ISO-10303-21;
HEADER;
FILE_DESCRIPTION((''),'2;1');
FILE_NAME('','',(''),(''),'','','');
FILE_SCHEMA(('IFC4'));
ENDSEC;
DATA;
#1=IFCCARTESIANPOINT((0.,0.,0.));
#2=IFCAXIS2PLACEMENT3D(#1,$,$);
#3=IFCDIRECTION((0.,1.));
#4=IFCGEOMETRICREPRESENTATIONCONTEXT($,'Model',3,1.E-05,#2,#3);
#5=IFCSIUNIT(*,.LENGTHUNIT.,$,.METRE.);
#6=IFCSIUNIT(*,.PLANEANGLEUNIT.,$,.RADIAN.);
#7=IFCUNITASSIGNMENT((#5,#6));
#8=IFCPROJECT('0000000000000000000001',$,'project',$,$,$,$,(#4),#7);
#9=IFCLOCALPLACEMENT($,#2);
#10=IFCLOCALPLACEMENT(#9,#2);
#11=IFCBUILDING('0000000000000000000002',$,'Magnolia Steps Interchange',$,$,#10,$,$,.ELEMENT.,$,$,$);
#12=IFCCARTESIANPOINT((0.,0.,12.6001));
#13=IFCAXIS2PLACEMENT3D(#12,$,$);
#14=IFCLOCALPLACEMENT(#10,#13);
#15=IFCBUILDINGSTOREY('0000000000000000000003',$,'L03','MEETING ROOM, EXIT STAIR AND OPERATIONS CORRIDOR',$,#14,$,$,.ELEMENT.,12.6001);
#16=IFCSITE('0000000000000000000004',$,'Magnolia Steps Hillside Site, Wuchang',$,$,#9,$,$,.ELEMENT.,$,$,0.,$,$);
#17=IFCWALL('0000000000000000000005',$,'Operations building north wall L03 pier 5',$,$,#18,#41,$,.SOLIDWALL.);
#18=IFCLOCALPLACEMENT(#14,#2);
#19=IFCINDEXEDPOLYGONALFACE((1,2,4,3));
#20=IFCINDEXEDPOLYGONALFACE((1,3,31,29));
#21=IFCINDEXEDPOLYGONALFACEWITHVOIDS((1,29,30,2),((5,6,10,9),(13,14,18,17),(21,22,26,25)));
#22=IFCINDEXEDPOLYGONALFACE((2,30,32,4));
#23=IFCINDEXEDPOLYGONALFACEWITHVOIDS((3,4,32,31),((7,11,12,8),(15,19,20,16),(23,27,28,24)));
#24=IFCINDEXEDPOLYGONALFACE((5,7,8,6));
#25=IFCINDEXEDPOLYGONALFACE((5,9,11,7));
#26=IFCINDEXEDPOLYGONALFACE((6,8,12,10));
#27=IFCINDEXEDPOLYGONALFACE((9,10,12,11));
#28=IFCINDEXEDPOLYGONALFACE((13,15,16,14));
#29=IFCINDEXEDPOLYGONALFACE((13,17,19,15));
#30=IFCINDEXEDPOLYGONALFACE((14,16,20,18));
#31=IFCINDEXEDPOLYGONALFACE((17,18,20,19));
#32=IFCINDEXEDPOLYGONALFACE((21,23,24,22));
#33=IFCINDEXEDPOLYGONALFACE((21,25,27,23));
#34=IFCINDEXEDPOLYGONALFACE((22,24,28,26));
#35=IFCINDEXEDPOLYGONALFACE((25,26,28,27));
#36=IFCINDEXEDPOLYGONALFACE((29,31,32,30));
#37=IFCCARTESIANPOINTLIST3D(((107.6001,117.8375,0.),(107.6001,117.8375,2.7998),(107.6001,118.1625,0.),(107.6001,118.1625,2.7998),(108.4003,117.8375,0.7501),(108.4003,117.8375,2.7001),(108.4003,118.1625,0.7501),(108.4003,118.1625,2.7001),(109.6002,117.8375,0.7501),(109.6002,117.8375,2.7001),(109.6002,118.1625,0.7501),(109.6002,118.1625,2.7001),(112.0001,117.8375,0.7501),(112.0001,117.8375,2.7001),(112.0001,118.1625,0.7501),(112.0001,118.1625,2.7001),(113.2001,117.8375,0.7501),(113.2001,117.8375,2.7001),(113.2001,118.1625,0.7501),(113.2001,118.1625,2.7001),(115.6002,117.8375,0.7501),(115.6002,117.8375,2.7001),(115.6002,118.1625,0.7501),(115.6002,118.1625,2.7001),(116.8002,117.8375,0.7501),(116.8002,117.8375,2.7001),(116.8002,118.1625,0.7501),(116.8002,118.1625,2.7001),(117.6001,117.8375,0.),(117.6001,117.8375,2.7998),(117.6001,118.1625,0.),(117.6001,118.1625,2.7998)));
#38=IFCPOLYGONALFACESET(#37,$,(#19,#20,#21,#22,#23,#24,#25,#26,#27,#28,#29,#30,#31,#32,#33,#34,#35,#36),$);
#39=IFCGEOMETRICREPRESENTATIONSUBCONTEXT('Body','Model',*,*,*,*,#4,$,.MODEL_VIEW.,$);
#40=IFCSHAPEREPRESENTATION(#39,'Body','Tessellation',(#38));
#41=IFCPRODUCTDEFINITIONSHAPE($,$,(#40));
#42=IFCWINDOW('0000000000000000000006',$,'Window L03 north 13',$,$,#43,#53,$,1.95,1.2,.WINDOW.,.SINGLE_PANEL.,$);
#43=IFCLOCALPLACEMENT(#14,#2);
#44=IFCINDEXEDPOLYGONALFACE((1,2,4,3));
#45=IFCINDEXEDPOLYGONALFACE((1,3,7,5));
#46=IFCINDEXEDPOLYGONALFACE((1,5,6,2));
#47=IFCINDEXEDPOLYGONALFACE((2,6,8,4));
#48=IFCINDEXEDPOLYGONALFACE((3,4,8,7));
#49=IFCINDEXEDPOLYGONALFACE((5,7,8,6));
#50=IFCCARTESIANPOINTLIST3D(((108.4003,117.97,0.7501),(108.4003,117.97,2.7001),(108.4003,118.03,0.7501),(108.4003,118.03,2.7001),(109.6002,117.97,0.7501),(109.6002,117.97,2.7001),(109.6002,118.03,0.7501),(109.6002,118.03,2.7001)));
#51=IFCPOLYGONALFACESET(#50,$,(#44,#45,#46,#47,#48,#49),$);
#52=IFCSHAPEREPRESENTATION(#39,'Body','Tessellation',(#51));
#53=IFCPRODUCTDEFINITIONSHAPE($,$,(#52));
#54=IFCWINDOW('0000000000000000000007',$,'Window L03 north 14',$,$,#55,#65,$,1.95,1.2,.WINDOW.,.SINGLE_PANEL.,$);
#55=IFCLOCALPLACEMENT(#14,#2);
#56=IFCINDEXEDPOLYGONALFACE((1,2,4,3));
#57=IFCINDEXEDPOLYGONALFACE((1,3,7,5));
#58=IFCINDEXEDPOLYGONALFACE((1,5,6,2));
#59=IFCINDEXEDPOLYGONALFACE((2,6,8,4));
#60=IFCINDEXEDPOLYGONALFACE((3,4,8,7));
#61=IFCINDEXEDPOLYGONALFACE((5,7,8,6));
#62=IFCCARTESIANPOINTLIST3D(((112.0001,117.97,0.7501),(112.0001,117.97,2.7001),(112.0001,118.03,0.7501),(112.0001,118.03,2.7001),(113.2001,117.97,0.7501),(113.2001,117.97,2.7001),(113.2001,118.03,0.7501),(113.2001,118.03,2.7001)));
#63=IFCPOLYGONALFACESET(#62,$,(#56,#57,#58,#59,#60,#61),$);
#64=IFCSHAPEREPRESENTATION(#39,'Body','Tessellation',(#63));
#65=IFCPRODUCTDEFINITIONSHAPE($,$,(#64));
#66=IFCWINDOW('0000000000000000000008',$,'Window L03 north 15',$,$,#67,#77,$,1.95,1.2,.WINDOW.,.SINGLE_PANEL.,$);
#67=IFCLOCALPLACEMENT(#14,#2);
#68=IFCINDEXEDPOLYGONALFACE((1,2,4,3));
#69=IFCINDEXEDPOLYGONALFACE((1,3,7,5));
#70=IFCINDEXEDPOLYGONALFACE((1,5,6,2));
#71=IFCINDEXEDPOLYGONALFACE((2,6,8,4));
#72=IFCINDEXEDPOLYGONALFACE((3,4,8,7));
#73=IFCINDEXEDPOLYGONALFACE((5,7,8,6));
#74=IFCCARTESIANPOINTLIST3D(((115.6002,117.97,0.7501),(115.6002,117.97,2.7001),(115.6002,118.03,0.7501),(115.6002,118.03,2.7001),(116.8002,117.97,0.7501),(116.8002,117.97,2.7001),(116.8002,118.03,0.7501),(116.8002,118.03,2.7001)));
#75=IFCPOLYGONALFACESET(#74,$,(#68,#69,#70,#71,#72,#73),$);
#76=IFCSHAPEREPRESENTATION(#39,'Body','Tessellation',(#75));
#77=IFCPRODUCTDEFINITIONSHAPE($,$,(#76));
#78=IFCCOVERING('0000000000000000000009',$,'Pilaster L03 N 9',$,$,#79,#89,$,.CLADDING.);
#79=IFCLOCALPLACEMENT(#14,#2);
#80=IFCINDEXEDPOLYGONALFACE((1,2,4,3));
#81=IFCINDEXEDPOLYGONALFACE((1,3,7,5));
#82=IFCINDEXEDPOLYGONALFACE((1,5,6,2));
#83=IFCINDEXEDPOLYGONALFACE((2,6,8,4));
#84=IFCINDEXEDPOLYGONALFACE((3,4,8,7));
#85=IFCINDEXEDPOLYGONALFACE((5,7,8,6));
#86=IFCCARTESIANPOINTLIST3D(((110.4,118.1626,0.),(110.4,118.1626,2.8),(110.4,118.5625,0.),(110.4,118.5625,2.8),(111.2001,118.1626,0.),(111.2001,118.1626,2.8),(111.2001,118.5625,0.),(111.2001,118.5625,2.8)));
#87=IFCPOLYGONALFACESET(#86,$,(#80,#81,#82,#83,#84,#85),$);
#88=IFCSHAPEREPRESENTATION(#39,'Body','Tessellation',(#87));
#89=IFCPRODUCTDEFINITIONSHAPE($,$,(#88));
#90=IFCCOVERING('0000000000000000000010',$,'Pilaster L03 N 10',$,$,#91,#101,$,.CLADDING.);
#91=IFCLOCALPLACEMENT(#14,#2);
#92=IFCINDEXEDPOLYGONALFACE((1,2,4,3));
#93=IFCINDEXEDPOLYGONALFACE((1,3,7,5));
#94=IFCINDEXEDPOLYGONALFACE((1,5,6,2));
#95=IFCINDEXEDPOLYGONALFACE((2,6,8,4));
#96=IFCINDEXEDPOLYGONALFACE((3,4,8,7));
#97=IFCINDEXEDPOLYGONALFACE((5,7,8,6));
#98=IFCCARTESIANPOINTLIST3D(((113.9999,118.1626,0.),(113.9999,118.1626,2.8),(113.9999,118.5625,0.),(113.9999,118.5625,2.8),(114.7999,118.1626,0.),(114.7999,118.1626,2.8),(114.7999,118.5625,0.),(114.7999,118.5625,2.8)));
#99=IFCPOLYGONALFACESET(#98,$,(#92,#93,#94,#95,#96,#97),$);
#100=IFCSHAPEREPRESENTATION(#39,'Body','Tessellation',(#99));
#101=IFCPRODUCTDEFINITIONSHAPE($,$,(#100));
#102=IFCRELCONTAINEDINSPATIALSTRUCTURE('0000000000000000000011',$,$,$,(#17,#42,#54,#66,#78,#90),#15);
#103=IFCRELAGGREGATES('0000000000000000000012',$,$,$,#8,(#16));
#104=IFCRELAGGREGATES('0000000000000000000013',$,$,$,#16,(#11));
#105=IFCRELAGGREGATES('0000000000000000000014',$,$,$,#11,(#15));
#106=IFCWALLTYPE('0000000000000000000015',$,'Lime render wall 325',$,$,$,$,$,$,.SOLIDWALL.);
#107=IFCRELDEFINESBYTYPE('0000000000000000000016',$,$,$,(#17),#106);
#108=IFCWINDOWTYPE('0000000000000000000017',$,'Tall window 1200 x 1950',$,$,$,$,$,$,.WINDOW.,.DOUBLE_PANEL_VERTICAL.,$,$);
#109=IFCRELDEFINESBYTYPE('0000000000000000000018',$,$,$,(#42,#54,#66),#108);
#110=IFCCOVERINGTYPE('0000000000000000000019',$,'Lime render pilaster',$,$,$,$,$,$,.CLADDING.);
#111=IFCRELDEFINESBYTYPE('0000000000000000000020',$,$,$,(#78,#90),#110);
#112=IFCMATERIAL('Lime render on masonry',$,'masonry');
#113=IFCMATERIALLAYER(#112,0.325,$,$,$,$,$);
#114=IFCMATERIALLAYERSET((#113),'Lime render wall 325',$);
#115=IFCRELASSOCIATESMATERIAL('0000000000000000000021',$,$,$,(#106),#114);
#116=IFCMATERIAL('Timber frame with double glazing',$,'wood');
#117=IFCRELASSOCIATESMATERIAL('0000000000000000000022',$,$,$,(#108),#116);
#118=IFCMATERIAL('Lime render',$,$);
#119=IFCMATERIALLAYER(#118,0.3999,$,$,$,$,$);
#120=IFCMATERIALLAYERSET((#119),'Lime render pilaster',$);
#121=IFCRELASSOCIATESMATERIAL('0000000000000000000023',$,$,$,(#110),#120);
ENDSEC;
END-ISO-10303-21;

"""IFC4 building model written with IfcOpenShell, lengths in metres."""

from ifc_helpers import new_model, si_unit, direction, frame, frame_2d, origin, origin_2d, place, context, subcontext, project, spatial, rectangle, extrude, material, layer, layer_set, type_object, element, fill, save


model = new_model("IFC4")

# Units and contexts
model_context = context("Model", 3, precision=1e-05, world=origin(), true_north=direction((0.0, 1.0)))
body_context = subcontext(model_context, "Body", "Model", "MODEL_VIEW")
ifc_project = project(units=[si_unit("LENGTHUNIT", "METRE"), si_unit("PLANEANGLEUNIT", "RADIAN")], contexts=[model_context])

# Site, building, storey
site_placement = place(None, origin())
site = spatial("IfcSite", under=ifc_project, at=site_placement, Name="Magnolia Steps Hillside Site, Wuchang", CompositionType="ELEMENT", RefElevation=0.0)
building_placement = place(site_placement, origin())
building = spatial("IfcBuilding", under=site, at=building_placement, Name="Magnolia Steps Interchange", CompositionType="ELEMENT")
storey_placement = place(building_placement, frame((0.0, 0.0, 12.6001)))
storey = spatial("IfcBuildingStorey", under=building, at=storey_placement, Name="L03", Description="MEETING ROOM, EXIT STAIR AND OPERATIONS CORRIDOR", CompositionType="ELEMENT", Elevation=12.6001)

# Wall, openings, windows
ifc_material_1 = material(Name="Lime render on masonry", Category="masonry")
ifc_layer_1 = layer(ifc_material_1, 0.325)
ifc_layer_set_1 = layer_set([ifc_layer_1], Name="Lime render wall 325")
wall_type_1 = type_object("IfcWallType", Name="Lime render wall 325", PredefinedType="SOLIDWALL", material=ifc_layer_set_1)
wall_1_placement = place(storey_placement, frame((107.6001, 118.0, 0.0), z_axis=(0.0, 0.0, 1.0), x_axis=(1.0, 0.0, 0.0)))
wall_1 = element("IfcWall", 1, at=wall_1_placement, inside=storey, type_object=wall_type_1, Name="Operations building north wall L03 pier 5", PredefinedType="SOLIDWALL", context=body_context, shape_type="SweptSolid", body=[
    extrude(rectangle(XDim=10.0, YDim=0.325, at=frame_2d((5.0, 0.0))), origin(), (0.0, 0.0, 1.0), 2.7998),
])
opening_1_placement = place(wall_1_placement, frame((0.8, 0.0, 0.75)))
opening_1 = element("IfcOpeningElement", 2, at=opening_1_placement, cuts=wall_1, PredefinedType="OPENING", context=body_context, shape_type="SweptSolid", body=[
    extrude(rectangle(XDim=1.2, YDim=1.95, at=frame_2d((0.6001, 0.9751))), frame((0.0, 0.1724, 0.0), z_axis=(0.0, -1.0, 0.0), x_axis=(1.0, 0.0, 0.0)), (0.0, 0.0, 1.0), 0.345),
])
opening_2_placement = place(wall_1_placement, frame((4.3999, 0.0, 0.75)))
opening_2 = element("IfcOpeningElement", 3, at=opening_2_placement, cuts=wall_1, PredefinedType="OPENING", context=body_context, shape_type="SweptSolid", body=[
    extrude(rectangle(XDim=1.2, YDim=1.95, at=frame_2d((0.6001, 0.9751))), frame((0.0, 0.1724, 0.0), z_axis=(0.0, -1.0, 0.0), x_axis=(1.0, 0.0, 0.0)), (0.0, 0.0, 1.0), 0.345),
])
opening_3_placement = place(wall_1_placement, frame((8.0, 0.0, 0.75)))
opening_3 = element("IfcOpeningElement", 4, at=opening_3_placement, cuts=wall_1, PredefinedType="OPENING", context=body_context, shape_type="SweptSolid", body=[
    extrude(rectangle(XDim=1.2, YDim=1.95, at=frame_2d((0.6001, 0.9751))), frame((0.0, 0.1724, 0.0), z_axis=(0.0, -1.0, 0.0), x_axis=(1.0, 0.0, 0.0)), (0.0, 0.0, 1.0), 0.345),
])
ifc_material_2 = material(Name="Timber frame with double glazing", Category="wood")
window_type = type_object("IfcWindowType", Name="Tall window 1200 x 1950", PartitioningType="DOUBLE_PANEL_VERTICAL", PredefinedType="WINDOW", material=ifc_material_2)
window_1_placement = place(opening_1_placement, origin())
window_1 = element("IfcWindow", 5, at=window_1_placement, inside=storey, type_object=window_type, Name="Window L03 north 13", OverallHeight=1.95, OverallWidth=1.2, PartitioningType="SINGLE_PANEL", PredefinedType="WINDOW", context=body_context, shape_type="SweptSolid", body=[
    extrude(rectangle(XDim=1.2, YDim=1.95, at=frame_2d((0.6001, 0.9751))), frame((0.0, 0.03, 0.0), z_axis=(0.0, -1.0, 0.0), x_axis=(1.0, 0.0, 0.0)), (0.0, 0.0, 1.0), 0.0601),
])
fill(opening_1, window_1)
window_2_placement = place(opening_2_placement, origin())
window_2 = element("IfcWindow", 6, at=window_2_placement, inside=storey, type_object=window_type, Name="Window L03 north 14", OverallHeight=1.95, OverallWidth=1.2, PartitioningType="SINGLE_PANEL", PredefinedType="WINDOW", context=body_context, shape_type="SweptSolid", body=[
    extrude(rectangle(XDim=1.2, YDim=1.95, at=frame_2d((0.6001, 0.9751))), frame((0.0, 0.03, 0.0), z_axis=(0.0, -1.0, 0.0), x_axis=(1.0, 0.0, 0.0)), (0.0, 0.0, 1.0), 0.0601),
])
fill(opening_2, window_2)
window_3_placement = place(opening_3_placement, origin())
window_3 = element("IfcWindow", 7, at=window_3_placement, inside=storey, type_object=window_type, Name="Window L03 north 15", OverallHeight=1.95, OverallWidth=1.2, PartitioningType="SINGLE_PANEL", PredefinedType="WINDOW", context=body_context, shape_type="SweptSolid", body=[
    extrude(rectangle(XDim=1.2, YDim=1.95, at=frame_2d((0.6001, 0.9751))), frame((0.0, 0.03, 0.0), z_axis=(0.0, -1.0, 0.0), x_axis=(1.0, 0.0, 0.0)), (0.0, 0.0, 1.0), 0.0601),
])
fill(opening_3, window_3)

# Coverings
ifc_material_3 = material(Name="Lime render")
ifc_layer_2 = layer(ifc_material_3, 0.3999)
ifc_layer_set_2 = layer_set([ifc_layer_2], Name="Lime render pilaster")
covering_type_1 = type_object("IfcCoveringType", Name="Lime render pilaster", PredefinedType="CLADDING", material=ifc_layer_set_2)
for number, where, z_axis, x_axis, name in (
    (8, (110.8, 118.3625, 0.0), (0.0, 0.0, 1.0), (1.0, 0.0, 0.0), "Pilaster L03 N 9"),
    (9, (114.3999, 118.3625, 0.0), (0.0, 0.0, 1.0), (1.0, 0.0, 0.0), "Pilaster L03 N 10"),
):
    element("IfcCovering", number, at=place(storey_placement, frame(where, z_axis=z_axis, x_axis=x_axis)), inside=storey, type_object=covering_type_1, Name=name, PredefinedType="CLADDING", context=body_context, shape_type="SweptSolid", body=[
        extrude(rectangle(XDim=0.8, YDim=0.3999, at=origin_2d()), origin(), (0.0, 0.0, 1.0), 2.8),
    ])

save(model, "model.ifc")
